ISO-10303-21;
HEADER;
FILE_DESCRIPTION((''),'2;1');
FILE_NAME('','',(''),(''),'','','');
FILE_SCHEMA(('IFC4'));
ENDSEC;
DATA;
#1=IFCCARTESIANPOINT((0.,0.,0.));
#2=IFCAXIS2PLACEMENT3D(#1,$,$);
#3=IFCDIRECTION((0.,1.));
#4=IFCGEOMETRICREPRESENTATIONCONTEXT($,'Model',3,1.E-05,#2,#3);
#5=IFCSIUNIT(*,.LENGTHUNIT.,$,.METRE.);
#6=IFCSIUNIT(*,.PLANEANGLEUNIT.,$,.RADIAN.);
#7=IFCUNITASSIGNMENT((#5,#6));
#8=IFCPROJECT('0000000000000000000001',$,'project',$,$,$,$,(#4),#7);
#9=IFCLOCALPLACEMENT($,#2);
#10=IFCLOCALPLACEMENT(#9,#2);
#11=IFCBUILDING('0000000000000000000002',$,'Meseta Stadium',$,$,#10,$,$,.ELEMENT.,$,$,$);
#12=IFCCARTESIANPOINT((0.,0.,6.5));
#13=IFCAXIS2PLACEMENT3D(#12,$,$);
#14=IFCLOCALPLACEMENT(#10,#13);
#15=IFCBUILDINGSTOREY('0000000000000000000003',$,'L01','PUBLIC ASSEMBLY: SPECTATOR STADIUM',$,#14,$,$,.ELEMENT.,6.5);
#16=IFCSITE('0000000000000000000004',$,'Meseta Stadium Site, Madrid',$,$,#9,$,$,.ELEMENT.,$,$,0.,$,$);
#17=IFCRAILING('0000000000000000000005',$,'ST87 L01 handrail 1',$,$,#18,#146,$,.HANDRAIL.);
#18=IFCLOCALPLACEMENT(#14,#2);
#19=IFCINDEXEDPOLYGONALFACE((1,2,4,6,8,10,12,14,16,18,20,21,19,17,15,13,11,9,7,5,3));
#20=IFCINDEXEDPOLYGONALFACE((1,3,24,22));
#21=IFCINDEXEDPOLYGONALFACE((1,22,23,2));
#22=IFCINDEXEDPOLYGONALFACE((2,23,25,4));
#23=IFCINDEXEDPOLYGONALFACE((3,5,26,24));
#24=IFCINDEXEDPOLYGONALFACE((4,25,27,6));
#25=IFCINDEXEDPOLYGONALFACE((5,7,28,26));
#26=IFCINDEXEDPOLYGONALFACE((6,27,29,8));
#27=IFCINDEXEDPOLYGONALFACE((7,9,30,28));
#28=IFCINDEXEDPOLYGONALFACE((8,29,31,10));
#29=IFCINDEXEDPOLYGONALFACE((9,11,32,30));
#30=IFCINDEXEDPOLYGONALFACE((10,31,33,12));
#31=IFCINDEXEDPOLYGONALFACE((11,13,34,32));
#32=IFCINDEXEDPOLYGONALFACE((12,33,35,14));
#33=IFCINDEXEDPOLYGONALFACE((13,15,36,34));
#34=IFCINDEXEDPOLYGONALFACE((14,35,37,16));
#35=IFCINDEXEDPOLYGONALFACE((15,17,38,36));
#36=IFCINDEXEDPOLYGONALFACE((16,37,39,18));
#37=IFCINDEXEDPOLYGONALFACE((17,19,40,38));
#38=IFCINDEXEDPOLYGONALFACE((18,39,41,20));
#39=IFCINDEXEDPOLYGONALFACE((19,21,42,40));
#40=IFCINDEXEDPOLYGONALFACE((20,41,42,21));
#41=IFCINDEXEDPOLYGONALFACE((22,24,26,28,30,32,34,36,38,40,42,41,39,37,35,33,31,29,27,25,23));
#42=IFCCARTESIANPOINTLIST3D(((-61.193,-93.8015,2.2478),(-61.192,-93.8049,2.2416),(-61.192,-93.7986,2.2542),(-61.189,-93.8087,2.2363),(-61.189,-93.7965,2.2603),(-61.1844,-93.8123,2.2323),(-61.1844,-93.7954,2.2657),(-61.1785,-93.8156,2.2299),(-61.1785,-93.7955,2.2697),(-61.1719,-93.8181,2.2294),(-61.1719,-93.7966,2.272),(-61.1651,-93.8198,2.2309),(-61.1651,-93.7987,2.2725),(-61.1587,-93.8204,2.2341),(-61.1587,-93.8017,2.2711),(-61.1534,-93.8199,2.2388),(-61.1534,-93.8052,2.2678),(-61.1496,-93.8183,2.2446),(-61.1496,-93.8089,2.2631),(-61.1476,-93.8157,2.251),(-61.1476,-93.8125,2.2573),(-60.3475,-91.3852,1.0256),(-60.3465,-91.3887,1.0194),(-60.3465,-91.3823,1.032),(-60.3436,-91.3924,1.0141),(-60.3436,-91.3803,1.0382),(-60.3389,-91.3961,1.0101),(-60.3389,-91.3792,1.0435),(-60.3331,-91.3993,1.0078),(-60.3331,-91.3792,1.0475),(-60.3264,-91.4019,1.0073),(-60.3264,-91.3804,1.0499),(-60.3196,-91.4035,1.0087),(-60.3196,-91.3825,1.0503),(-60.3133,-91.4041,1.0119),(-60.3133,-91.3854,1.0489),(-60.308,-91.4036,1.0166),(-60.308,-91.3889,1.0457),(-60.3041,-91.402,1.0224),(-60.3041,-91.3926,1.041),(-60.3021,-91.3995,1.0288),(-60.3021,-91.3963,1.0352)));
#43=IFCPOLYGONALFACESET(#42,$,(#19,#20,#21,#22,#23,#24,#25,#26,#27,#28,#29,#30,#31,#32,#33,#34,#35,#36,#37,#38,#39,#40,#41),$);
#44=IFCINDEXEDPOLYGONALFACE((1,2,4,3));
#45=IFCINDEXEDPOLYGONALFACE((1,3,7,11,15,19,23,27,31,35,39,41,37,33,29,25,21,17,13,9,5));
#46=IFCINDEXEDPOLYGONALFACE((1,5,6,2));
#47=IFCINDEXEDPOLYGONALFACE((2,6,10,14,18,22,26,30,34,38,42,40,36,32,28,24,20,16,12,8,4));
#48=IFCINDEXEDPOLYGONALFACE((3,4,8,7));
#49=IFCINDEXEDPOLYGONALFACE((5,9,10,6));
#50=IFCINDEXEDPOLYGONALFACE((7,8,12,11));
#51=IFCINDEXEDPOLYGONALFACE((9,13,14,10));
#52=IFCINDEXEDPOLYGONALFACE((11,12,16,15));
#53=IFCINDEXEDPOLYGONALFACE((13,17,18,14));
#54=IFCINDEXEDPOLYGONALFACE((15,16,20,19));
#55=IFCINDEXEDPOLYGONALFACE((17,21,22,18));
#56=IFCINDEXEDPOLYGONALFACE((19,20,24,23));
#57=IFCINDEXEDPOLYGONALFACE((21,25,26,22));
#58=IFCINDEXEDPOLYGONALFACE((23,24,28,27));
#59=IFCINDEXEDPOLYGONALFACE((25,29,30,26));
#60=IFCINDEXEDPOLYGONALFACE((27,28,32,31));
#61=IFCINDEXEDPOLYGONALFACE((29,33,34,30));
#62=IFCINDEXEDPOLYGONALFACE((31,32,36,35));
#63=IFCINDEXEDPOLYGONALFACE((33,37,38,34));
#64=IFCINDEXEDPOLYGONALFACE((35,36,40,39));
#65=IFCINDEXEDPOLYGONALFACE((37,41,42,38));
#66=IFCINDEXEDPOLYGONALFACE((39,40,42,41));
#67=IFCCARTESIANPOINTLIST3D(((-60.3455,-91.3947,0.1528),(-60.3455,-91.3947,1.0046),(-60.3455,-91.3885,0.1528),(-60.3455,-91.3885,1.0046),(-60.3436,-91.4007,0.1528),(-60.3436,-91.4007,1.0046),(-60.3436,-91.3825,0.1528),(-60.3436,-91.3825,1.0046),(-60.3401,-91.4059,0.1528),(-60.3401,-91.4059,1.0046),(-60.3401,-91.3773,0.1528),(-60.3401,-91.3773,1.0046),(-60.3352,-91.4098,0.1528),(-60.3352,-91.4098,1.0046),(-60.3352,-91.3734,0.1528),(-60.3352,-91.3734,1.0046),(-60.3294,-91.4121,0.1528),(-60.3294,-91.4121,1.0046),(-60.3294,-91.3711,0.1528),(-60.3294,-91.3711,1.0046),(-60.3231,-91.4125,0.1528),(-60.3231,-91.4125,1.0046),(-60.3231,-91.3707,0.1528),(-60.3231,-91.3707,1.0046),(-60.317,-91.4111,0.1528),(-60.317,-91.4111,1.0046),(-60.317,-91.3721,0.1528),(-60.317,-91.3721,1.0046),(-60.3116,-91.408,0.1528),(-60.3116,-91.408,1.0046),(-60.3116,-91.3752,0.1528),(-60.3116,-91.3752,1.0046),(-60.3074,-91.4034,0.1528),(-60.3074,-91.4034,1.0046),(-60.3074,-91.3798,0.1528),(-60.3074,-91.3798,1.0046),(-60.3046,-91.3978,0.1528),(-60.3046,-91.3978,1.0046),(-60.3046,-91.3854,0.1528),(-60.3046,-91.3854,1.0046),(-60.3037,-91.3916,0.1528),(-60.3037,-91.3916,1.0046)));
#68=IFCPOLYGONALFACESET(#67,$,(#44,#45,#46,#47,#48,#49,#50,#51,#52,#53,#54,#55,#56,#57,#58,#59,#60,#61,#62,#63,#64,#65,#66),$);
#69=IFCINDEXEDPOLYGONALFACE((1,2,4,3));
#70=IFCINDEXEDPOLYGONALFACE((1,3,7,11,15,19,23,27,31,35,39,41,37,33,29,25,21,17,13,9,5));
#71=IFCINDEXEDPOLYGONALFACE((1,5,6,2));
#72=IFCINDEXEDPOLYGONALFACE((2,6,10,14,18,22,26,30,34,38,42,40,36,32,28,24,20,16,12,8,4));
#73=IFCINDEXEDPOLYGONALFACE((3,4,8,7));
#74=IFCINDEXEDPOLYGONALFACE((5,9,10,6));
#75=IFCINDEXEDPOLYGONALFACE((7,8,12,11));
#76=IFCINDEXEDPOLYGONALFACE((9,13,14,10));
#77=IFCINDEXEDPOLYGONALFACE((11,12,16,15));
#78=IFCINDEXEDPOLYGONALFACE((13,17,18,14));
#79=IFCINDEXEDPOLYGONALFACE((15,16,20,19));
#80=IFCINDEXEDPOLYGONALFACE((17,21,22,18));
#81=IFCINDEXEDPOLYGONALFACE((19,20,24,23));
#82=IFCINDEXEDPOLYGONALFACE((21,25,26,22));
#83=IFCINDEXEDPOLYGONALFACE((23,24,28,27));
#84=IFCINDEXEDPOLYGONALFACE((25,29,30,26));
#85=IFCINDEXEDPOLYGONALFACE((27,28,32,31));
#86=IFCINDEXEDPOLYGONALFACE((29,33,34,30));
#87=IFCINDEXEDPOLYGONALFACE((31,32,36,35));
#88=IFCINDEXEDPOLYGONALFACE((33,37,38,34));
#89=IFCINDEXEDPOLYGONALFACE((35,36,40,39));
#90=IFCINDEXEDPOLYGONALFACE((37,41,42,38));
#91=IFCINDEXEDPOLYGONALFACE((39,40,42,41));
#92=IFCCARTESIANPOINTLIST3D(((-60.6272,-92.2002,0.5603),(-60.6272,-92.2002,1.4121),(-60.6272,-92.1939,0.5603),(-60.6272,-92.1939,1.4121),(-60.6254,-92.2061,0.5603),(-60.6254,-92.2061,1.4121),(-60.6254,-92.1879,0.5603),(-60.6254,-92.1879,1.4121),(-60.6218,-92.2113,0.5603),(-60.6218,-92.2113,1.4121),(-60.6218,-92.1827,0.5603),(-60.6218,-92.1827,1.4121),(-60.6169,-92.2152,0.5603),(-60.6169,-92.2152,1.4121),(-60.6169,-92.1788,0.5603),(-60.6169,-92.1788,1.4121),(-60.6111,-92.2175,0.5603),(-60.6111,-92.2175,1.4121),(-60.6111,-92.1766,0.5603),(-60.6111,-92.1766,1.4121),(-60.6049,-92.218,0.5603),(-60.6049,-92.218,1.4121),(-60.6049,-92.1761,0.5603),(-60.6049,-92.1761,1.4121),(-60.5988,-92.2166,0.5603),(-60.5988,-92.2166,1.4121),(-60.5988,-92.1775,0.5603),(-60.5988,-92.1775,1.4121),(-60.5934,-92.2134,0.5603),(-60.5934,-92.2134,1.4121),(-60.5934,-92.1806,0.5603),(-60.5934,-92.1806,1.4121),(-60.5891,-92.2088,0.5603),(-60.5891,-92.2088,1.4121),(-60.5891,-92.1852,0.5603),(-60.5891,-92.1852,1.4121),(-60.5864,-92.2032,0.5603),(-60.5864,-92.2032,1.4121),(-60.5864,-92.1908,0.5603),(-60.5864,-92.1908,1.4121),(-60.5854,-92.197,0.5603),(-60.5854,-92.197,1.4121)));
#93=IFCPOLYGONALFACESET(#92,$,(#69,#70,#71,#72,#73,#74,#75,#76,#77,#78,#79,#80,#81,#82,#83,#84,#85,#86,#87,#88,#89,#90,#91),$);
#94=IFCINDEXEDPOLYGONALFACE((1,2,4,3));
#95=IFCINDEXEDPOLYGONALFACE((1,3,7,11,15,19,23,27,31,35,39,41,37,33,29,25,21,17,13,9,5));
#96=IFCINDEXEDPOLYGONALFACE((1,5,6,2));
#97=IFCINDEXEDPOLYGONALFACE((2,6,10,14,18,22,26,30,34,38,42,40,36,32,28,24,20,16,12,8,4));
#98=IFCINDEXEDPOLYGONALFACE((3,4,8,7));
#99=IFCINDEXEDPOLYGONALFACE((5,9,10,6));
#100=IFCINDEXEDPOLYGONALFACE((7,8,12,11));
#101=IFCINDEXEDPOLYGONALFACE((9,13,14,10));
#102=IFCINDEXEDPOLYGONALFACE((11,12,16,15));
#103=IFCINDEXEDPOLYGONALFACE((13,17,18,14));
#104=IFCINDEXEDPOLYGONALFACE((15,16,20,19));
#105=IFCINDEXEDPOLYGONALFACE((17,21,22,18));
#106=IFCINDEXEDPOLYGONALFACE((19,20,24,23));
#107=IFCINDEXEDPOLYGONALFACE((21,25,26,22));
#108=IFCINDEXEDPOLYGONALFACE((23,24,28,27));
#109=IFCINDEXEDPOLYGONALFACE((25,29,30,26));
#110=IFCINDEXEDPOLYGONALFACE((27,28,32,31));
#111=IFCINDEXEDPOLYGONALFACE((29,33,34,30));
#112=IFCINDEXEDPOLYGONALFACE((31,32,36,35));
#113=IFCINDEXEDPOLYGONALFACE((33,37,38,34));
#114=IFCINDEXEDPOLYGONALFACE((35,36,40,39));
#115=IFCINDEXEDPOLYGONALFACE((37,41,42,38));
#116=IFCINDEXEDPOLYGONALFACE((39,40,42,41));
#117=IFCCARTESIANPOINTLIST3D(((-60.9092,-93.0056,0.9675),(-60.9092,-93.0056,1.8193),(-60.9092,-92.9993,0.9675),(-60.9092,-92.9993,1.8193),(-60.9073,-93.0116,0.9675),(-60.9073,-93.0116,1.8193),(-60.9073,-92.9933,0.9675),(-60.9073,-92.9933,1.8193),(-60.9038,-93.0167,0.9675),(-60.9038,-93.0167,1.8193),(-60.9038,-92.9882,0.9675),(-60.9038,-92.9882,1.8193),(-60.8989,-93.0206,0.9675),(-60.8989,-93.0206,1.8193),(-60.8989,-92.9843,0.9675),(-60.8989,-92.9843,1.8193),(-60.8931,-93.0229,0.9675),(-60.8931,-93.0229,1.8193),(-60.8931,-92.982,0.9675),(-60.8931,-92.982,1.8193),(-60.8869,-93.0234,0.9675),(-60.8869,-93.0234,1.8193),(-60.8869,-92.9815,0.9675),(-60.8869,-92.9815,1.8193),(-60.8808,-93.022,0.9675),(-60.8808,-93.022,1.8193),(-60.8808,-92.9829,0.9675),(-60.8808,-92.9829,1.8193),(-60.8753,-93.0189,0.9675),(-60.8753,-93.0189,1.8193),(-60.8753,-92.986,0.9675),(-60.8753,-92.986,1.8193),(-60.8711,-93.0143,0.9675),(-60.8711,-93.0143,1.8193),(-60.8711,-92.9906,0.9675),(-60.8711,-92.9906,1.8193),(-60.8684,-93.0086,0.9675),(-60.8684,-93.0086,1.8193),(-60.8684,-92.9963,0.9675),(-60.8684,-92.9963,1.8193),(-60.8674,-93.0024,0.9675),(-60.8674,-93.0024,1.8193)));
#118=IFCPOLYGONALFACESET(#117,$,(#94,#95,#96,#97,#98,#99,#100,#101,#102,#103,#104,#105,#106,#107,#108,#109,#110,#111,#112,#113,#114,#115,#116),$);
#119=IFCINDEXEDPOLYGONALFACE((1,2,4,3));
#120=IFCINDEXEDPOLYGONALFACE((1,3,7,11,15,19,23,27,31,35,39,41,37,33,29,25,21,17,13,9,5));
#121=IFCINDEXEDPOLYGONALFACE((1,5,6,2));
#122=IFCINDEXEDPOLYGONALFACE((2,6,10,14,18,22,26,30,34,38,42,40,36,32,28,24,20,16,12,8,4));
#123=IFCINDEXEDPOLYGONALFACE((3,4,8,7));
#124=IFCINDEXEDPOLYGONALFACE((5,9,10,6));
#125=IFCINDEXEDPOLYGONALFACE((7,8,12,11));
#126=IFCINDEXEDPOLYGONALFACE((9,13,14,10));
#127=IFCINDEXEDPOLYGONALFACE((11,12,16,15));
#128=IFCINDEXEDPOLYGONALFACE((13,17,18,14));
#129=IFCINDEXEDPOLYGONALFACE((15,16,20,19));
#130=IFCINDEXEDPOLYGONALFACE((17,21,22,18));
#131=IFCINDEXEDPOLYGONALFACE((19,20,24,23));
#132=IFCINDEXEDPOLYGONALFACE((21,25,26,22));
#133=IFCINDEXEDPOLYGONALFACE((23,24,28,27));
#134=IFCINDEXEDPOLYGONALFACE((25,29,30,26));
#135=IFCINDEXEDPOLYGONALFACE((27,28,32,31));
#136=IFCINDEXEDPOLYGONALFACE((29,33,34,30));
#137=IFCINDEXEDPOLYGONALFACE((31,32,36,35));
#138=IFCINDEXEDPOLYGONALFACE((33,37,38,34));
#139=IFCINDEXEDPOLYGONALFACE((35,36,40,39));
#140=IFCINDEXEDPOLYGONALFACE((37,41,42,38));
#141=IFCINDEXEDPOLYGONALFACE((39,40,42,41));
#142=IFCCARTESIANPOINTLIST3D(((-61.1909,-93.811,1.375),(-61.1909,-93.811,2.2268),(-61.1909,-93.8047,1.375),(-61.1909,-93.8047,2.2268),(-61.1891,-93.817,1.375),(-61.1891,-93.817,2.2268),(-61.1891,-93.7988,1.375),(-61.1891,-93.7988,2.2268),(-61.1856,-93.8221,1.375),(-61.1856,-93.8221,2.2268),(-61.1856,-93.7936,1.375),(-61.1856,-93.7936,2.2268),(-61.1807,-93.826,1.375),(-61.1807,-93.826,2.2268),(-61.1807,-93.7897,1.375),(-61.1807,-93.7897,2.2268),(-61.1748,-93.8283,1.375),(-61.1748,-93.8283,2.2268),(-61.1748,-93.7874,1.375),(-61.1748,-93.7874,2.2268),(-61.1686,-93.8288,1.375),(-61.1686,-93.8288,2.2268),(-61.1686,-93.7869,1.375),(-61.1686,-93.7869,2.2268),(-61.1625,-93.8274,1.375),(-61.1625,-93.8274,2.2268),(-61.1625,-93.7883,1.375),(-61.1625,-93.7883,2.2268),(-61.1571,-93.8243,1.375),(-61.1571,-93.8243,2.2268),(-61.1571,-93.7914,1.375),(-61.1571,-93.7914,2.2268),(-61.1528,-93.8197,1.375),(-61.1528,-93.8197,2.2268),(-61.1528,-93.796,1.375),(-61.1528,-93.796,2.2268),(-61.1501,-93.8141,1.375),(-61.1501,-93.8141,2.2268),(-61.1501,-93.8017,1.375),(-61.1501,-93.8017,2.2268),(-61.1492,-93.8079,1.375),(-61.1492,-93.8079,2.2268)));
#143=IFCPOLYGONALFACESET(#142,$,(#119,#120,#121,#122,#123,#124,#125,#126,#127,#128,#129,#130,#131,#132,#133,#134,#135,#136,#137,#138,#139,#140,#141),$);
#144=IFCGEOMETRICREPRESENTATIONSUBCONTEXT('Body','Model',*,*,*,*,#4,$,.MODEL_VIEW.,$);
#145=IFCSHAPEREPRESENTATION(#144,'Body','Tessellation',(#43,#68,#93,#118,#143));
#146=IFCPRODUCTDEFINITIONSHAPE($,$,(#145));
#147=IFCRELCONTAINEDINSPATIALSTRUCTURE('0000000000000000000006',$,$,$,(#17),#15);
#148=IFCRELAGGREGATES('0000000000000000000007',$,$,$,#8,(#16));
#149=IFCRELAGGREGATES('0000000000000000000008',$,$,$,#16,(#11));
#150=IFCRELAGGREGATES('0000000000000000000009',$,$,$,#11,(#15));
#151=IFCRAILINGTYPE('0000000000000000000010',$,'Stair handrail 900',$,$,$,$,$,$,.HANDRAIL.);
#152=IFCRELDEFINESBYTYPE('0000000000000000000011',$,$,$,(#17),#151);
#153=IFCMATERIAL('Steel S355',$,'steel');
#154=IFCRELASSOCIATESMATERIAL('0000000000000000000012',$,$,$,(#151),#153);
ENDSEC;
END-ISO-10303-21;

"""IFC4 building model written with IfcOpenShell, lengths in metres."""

from ifc_helpers import new_model, si_unit, direction, frame, origin, origin_2d, place, context, subcontext, project, spatial, circle, extrude, material, type_object, element, save


model = new_model("IFC4")

# Units and contexts
model_context = context("Model", 3, precision=1e-05, world=origin(), true_north=direction((0.0, 1.0)))
body_context = subcontext(model_context, "Body", "Model", "MODEL_VIEW")
ifc_project = project(units=[si_unit("LENGTHUNIT", "METRE"), si_unit("PLANEANGLEUNIT", "RADIAN")], contexts=[model_context])

# Site, building, storey
site_placement = place(None, origin())
site = spatial("IfcSite", under=ifc_project, at=site_placement, Name="Meseta Stadium Site, Madrid", CompositionType="ELEMENT", RefElevation=0.0)
building_placement = place(site_placement, origin())
building = spatial("IfcBuilding", under=site, at=building_placement, Name="Meseta Stadium", CompositionType="ELEMENT")
storey_placement = place(building_placement, frame((0.0, 0.0, 6.5)))
storey = spatial("IfcBuildingStorey", under=building, at=storey_placement, Name="L01", Description="PUBLIC ASSEMBLY: SPECTATOR STADIUM", CompositionType="ELEMENT", Elevation=6.5)

# Railing
ifc_material_1 = material(Name="Steel S355", Category="steel")
railing_type_1 = type_object("IfcRailingType", Name="Stair handrail 900", PredefinedType="HANDRAIL", material=ifc_material_1)
for number, where, name in (
    (1, (-60.3247, -91.3916, 0.1528), "ST87 L01 handrail 1"),
):
    element("IfcRailing", number, at=place(storey_placement, frame(where)), inside=storey, type_object=railing_type_1, Name=name, PredefinedType="HANDRAIL", context=body_context, shape_type="SweptSolid", body=[
        extrude(circle(Radius=0.0239, at=origin_2d()), frame((0.0, 0.0, 0.876), z_axis=(-0.298044, -0.851789, 0.430843), x_axis=(0.943887, -0.33027, 0.0)), (0.0, 0.0, 1.0), 2.8367),
        extrude(circle(Radius=0.021, at=origin_2d()), origin(), (0.0, 0.0, 1.0), 0.8518),
        extrude(circle(Radius=0.021, at=origin_2d()), frame((-0.2817, -0.8054, 0.4075)), (0.0, 0.0, 1.0), 0.8518),
        extrude(circle(Radius=0.021, at=origin_2d()), frame((-0.5637, -1.6108, 0.8147)), (0.0, 0.0, 1.0), 0.8518),
        extrude(circle(Radius=0.021, at=origin_2d()), frame((-0.8455, -2.4163, 1.2222)), (0.0, 0.0, 1.0), 0.8518),
    ])

save(model, "model.ifc")
